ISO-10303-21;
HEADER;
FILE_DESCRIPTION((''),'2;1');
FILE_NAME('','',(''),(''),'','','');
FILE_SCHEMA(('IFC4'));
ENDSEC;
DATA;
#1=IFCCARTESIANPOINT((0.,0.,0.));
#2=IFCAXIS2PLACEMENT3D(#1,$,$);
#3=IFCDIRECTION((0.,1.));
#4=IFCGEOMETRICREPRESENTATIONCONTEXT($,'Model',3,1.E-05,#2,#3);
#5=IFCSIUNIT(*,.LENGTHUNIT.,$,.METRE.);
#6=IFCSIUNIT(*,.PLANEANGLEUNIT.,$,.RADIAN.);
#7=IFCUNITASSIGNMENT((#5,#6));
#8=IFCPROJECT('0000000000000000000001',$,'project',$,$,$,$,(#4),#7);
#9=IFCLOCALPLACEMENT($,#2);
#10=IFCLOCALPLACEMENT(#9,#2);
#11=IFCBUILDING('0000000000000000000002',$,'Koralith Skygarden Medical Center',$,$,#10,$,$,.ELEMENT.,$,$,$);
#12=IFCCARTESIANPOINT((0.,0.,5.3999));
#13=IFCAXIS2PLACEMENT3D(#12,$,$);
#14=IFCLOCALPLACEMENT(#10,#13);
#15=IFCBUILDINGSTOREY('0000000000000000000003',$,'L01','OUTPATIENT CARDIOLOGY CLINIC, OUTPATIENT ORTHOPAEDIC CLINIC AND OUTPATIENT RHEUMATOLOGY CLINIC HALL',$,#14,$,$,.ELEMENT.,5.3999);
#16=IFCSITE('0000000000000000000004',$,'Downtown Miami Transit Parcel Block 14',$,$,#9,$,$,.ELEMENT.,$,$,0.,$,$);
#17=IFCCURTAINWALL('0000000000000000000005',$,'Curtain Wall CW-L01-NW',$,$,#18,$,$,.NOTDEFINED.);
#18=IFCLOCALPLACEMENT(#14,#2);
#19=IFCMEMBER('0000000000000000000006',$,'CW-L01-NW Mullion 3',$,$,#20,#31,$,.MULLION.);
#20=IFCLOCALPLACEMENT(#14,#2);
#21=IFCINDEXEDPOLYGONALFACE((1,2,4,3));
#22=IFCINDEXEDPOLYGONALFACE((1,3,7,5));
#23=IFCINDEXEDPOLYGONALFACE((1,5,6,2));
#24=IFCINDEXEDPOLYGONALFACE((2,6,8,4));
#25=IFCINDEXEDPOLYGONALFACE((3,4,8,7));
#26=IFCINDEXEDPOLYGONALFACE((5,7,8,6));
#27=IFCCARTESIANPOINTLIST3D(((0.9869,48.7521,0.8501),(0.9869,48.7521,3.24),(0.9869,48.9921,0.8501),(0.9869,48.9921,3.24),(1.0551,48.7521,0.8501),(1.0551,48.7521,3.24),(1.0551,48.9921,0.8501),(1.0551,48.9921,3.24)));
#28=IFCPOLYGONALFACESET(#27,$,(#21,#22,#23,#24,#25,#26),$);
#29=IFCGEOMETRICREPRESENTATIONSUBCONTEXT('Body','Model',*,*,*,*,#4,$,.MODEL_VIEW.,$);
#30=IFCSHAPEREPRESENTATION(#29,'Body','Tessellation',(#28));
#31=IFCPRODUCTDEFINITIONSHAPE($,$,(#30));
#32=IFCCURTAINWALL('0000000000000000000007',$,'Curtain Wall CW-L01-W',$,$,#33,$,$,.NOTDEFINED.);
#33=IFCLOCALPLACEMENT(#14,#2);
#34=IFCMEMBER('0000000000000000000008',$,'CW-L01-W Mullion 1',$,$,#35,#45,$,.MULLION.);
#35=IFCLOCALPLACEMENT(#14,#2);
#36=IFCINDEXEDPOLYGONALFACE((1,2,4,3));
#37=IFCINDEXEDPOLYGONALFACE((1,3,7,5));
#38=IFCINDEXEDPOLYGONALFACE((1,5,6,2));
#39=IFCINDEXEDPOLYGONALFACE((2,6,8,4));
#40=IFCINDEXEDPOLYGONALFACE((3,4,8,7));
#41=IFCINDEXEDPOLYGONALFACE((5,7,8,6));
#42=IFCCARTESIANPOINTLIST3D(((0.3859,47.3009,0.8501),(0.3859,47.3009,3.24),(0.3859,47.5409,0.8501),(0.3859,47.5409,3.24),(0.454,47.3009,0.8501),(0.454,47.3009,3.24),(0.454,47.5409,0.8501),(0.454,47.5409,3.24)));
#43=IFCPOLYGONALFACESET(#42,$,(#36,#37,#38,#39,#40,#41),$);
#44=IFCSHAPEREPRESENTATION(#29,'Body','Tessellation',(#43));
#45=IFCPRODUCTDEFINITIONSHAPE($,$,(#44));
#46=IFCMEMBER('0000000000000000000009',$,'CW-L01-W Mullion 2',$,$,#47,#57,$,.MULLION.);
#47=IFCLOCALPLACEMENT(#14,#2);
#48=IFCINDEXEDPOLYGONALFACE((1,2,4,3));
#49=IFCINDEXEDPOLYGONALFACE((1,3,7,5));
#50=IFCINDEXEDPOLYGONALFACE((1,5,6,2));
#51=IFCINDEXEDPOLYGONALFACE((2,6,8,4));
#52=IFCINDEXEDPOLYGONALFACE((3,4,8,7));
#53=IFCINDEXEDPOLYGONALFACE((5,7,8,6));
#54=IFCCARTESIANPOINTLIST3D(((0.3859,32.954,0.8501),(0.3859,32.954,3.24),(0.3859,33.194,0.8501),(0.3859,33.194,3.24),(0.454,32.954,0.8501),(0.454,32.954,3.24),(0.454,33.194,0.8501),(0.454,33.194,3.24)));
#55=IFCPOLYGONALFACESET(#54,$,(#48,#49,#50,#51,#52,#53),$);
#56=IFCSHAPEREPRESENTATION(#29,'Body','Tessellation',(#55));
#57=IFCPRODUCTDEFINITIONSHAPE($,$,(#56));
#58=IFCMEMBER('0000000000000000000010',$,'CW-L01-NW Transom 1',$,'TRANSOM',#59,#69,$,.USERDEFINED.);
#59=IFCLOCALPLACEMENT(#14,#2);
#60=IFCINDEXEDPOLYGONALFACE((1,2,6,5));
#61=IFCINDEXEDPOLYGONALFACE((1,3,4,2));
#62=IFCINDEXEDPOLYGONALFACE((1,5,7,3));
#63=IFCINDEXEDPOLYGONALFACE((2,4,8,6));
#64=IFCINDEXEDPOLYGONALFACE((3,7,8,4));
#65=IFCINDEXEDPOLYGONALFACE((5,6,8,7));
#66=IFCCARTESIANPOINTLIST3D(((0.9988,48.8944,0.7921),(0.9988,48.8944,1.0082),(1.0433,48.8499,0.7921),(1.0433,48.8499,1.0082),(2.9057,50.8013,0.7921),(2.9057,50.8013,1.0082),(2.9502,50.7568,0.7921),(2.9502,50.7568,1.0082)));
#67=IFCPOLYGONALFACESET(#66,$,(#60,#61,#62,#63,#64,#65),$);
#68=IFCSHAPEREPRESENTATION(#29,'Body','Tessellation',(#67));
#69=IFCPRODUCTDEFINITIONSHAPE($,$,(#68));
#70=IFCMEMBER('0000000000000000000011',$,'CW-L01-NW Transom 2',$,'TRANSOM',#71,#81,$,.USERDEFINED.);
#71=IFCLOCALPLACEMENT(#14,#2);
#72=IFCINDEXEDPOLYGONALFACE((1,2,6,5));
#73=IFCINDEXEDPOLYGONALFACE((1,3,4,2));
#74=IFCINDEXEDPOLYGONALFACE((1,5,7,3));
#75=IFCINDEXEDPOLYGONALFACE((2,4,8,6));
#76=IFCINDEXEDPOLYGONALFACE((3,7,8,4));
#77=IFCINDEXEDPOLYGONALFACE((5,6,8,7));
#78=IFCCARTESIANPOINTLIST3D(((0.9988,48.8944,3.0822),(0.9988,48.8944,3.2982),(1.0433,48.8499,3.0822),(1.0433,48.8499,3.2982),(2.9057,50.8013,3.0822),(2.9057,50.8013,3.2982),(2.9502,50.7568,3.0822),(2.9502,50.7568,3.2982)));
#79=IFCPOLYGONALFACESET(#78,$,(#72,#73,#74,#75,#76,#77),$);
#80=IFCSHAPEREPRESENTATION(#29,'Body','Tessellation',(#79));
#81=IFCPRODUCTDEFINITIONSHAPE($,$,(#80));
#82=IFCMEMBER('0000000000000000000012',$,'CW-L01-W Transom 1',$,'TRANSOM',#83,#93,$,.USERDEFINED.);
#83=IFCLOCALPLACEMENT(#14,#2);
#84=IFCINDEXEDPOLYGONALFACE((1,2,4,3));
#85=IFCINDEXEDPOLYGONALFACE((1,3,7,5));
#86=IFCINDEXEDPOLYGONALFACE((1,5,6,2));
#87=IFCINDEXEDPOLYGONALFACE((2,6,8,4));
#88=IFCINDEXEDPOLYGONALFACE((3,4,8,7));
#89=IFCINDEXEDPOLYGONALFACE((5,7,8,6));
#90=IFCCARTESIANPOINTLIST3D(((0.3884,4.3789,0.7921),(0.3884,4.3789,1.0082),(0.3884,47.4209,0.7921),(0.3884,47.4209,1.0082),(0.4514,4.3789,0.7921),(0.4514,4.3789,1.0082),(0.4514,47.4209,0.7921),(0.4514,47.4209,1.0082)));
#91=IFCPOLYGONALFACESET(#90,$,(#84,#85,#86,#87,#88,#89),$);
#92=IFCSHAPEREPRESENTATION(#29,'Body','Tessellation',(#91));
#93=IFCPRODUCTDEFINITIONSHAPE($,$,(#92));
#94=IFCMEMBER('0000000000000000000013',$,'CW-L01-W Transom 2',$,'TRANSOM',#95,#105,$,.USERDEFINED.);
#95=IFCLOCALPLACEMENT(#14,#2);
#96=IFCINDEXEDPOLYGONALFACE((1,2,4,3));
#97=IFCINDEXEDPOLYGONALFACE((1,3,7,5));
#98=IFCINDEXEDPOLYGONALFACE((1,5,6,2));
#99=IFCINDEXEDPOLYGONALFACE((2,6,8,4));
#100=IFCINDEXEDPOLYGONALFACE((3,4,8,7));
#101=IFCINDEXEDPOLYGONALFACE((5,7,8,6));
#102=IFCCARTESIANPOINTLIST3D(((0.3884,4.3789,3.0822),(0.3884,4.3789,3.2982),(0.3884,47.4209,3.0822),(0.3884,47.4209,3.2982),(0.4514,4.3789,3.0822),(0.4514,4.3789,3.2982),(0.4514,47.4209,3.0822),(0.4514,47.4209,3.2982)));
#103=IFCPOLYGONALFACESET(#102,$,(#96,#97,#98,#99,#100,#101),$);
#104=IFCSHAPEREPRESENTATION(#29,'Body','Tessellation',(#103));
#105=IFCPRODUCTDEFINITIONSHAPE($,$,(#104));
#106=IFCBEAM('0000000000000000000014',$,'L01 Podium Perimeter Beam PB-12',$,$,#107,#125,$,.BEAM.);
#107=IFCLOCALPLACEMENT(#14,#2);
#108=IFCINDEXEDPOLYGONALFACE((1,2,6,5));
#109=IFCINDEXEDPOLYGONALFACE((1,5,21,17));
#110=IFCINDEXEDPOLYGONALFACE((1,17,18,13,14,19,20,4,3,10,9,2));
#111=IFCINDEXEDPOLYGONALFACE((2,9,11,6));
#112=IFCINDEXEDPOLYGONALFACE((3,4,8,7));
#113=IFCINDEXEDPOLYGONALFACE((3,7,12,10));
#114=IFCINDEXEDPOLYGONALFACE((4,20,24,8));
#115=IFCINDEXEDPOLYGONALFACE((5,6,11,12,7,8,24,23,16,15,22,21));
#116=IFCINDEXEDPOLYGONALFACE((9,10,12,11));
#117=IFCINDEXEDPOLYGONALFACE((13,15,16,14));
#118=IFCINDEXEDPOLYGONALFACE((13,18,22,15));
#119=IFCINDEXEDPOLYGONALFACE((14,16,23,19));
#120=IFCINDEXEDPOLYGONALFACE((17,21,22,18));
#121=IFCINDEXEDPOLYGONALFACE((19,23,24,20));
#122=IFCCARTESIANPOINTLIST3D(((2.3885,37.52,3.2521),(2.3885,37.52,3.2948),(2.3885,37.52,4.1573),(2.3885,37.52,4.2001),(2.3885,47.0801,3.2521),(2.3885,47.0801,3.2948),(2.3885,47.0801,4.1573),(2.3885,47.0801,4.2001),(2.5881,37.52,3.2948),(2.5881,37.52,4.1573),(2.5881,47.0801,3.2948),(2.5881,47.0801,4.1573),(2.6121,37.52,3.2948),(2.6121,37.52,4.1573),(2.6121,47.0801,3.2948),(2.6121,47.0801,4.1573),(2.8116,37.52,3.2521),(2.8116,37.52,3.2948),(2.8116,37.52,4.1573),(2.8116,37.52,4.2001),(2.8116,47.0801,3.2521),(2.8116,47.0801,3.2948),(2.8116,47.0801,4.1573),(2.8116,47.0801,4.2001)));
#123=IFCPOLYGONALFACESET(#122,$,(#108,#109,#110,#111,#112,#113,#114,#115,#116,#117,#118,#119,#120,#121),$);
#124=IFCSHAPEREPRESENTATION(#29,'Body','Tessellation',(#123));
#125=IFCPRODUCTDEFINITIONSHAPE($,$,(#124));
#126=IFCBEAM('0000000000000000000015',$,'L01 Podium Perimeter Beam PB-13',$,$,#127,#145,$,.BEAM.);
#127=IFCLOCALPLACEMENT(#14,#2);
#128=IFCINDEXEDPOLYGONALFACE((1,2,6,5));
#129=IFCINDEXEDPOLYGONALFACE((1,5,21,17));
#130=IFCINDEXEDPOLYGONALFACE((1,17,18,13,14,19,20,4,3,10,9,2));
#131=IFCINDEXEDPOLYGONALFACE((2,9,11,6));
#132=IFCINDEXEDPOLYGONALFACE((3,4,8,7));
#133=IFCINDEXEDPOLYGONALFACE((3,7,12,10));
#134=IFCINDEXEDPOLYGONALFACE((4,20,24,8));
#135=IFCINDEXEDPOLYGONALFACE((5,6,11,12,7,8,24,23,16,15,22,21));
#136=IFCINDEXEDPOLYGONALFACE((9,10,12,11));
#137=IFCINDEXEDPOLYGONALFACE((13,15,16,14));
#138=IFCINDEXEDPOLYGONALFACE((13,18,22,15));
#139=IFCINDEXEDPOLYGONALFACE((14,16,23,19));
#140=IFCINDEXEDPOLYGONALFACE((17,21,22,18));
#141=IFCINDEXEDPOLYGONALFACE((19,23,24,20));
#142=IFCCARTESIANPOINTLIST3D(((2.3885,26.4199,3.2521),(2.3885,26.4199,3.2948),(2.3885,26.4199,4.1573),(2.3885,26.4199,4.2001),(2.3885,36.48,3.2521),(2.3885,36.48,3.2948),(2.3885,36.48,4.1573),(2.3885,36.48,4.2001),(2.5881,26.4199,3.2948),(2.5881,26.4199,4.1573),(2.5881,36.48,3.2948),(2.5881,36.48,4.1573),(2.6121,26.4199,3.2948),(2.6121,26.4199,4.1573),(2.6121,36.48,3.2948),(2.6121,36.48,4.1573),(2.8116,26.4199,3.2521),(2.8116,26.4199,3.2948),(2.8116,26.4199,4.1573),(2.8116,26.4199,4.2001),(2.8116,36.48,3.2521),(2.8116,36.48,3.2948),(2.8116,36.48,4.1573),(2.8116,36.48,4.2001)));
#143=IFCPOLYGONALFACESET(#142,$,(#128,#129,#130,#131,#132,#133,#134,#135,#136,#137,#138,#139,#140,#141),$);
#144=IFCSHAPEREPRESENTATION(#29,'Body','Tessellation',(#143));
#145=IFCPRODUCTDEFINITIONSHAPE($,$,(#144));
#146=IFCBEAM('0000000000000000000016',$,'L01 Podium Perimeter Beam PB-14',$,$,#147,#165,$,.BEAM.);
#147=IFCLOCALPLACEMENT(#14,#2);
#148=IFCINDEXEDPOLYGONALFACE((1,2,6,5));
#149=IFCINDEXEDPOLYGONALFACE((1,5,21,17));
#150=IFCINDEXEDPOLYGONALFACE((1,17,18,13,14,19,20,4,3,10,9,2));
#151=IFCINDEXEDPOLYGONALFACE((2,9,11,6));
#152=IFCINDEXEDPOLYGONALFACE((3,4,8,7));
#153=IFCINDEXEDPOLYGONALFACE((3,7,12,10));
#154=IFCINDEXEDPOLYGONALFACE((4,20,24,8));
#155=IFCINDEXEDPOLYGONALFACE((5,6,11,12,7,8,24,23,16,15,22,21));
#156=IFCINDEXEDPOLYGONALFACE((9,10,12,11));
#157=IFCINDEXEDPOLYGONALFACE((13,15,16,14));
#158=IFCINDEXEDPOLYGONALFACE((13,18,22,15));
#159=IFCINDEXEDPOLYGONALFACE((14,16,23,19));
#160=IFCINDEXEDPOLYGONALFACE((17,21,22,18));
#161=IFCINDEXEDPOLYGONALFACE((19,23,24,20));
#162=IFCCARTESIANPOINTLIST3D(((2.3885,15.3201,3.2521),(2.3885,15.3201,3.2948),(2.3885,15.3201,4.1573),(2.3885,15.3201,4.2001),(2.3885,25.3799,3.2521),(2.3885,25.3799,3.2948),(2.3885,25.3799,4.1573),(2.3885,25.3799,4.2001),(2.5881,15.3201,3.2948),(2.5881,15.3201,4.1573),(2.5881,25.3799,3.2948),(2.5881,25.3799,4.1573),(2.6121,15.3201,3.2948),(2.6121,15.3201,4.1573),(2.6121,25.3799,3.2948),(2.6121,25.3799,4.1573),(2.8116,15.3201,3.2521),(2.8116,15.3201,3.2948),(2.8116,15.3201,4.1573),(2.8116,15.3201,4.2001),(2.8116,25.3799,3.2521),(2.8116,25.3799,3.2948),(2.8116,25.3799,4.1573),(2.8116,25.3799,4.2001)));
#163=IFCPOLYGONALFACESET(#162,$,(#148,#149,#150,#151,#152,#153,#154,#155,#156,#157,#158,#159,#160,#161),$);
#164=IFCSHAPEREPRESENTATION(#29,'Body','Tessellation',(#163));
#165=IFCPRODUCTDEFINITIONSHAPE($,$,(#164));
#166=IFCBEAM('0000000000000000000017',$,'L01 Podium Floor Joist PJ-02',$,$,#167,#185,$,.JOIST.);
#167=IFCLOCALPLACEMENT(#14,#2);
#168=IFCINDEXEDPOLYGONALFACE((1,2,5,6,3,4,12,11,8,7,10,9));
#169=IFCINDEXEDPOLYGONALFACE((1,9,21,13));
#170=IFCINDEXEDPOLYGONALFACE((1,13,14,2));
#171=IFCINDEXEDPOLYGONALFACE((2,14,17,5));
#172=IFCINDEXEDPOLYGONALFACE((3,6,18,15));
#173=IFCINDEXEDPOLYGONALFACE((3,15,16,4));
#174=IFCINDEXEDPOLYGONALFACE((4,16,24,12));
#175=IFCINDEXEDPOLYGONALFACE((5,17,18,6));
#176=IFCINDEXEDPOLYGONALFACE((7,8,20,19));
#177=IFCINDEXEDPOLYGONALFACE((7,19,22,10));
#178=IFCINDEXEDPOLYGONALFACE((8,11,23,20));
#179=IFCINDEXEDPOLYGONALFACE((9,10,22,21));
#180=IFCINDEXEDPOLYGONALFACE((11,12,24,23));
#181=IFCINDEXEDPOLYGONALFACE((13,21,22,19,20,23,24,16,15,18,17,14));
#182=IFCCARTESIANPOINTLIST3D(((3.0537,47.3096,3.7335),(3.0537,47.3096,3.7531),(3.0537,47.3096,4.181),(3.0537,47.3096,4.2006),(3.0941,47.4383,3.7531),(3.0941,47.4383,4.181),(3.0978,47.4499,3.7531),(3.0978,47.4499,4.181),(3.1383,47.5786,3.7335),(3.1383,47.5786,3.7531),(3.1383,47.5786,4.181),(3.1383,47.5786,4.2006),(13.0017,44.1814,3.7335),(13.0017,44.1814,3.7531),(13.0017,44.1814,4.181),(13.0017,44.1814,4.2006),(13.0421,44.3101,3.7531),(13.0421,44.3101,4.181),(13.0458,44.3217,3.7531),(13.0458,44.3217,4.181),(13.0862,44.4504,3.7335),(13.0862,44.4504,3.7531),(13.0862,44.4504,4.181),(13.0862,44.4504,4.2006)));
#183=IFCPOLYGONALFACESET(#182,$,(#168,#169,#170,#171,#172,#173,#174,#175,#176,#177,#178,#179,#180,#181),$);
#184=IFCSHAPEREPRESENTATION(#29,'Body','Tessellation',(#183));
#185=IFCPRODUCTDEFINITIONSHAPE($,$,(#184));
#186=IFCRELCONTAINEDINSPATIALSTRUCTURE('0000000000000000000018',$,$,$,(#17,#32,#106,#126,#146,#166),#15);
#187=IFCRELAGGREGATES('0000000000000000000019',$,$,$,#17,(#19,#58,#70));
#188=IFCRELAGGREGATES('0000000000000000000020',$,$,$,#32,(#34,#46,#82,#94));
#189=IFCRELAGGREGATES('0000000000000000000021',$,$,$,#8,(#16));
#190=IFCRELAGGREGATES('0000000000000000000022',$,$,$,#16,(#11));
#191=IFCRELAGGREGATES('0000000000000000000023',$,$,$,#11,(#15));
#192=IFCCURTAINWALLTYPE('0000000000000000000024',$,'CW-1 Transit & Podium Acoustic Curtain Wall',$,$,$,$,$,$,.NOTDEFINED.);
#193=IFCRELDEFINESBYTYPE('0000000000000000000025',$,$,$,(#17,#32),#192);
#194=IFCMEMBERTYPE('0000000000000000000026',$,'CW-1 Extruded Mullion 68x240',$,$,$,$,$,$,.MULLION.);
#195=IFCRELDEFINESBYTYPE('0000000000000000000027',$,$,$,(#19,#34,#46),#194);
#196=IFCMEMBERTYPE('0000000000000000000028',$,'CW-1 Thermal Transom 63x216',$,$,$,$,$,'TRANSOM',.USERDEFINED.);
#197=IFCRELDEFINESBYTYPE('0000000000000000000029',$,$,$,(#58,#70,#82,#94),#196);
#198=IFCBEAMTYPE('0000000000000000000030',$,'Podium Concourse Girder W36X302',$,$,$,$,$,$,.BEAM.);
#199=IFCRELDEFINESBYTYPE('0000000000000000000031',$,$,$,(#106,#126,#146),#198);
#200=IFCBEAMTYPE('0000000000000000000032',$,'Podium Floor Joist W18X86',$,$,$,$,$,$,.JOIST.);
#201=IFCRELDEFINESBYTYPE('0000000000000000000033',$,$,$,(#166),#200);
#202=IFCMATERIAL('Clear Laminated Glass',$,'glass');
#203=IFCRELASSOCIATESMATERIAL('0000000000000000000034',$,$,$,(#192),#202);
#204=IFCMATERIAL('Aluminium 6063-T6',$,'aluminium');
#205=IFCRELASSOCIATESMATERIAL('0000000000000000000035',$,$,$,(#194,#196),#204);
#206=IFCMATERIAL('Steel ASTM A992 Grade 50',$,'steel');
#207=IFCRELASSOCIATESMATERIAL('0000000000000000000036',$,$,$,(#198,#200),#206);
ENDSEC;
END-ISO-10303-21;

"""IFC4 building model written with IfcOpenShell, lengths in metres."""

from ifc_helpers import new_model, si_unit, direction, frame, origin, origin_2d, place, context, subcontext, project, spatial, rectangle, i_section, extrude, material, material_profile, profile_set, type_object, element, aggregate, save


model = new_model("IFC4")

# Units and contexts
model_context = context("Model", 3, precision=1e-05, world=origin(), true_north=direction((0.0, 1.0)))
body_context = subcontext(model_context, "Body", "Model", "MODEL_VIEW")
ifc_project = project(units=[si_unit("LENGTHUNIT", "METRE"), si_unit("PLANEANGLEUNIT", "RADIAN")], contexts=[model_context])

# Site, building, storey
site_placement = place(None, origin())
site = spatial("IfcSite", under=ifc_project, at=site_placement, Name="Downtown Miami Transit Parcel Block 14", CompositionType="ELEMENT", RefElevation=0.0)
building_placement = place(site_placement, origin())
building = spatial("IfcBuilding", under=site, at=building_placement, Name="Koralith Skygarden Medical Center", CompositionType="ELEMENT")
storey_placement = place(building_placement, frame((0.0, 0.0, 5.3999)))
storey = spatial("IfcBuildingStorey", under=building, at=storey_placement, Name="L01", Description="OUTPATIENT CARDIOLOGY CLINIC, OUTPATIENT ORTHOPAEDIC CLINIC AND OUTPATIENT RHEUMATOLOGY CLINIC HALL", CompositionType="ELEMENT", Elevation=5.3999)

# Shared definitions
ifc_material_1 = material(Name="Clear Laminated Glass", Category="glass")
curtain_wall_type = type_object("IfcCurtainWallType", Name="CW-1 Transit & Podium Acoustic Curtain Wall", PredefinedType="NOTDEFINED", material=ifc_material_1)
ifc_material_2 = material(Name="Aluminium 6063-T6", Category="aluminium")
ifc_material_profile_1 = material_profile(ifc_material_2, rectangle(XDim=0.0681, YDim=0.24, at=origin_2d()), Name="MUL68X240")
ifc_profile_set_1 = profile_set([ifc_material_profile_1], Name="Aluminium 6063-T6")
member_type_1 = type_object("IfcMemberType", Name="CW-1 Extruded Mullion 68x240", PredefinedType="MULLION", material=ifc_profile_set_1)

# Curtain walls, members
curtain_wall_1_placement = place(storey_placement, origin())
curtain_wall_1 = element("IfcCurtainWall", 1, at=curtain_wall_1_placement, inside=storey, type_object=curtain_wall_type, Name="Curtain Wall CW-L01-NW", PredefinedType="NOTDEFINED")
member_1_placement = place(storey_placement, frame((1.021, 48.8721, 0.8501), z_axis=(0.0, 0.0, 1.0), x_axis=(1.0, 0.0, 0.0)))
member_1 = element("IfcMember", 2, at=member_1_placement, type_object=member_type_1, Name="CW-L01-NW Mullion 3", PredefinedType="MULLION", context=body_context, shape_type="SweptSolid", body=[
    extrude(rectangle(XDim=0.0681, YDim=0.24, at=origin_2d()), origin(), (0.0, 0.0, 1.0), 2.3899),
])
curtain_wall_2_placement = place(storey_placement, origin())
curtain_wall_2 = element("IfcCurtainWall", 3, at=curtain_wall_2_placement, inside=storey, type_object=curtain_wall_type, Name="Curtain Wall CW-L01-W", PredefinedType="NOTDEFINED")
member_2_placement = place(storey_placement, frame((0.4199, 47.4209, 0.8501), z_axis=(0.0, 0.0, 1.0), x_axis=(1.0, 0.0, 0.0)))
member_2 = element("IfcMember", 4, at=member_2_placement, type_object=member_type_1, Name="CW-L01-W Mullion 1", PredefinedType="MULLION", context=body_context, shape_type="SweptSolid", body=[
    extrude(rectangle(XDim=0.0681, YDim=0.24, at=origin_2d()), origin(), (0.0, 0.0, 1.0), 2.3899),
])
member_3_placement = place(storey_placement, frame((0.4199, 33.074, 0.8501), z_axis=(0.0, 0.0, 1.0), x_axis=(1.0, 0.0, 0.0)))
member_3 = element("IfcMember", 5, at=member_3_placement, type_object=member_type_1, Name="CW-L01-W Mullion 2", PredefinedType="MULLION", context=body_context, shape_type="SweptSolid", body=[
    extrude(rectangle(XDim=0.0681, YDim=0.24, at=origin_2d()), origin(), (0.0, 0.0, 1.0), 2.3899),
])

# Members
ifc_material_profile_2 = material_profile(ifc_material_2, rectangle(XDim=0.063, YDim=0.2161, at=origin_2d()), Name="TRN63X216")
ifc_profile_set_2 = profile_set([ifc_material_profile_2], Name="Aluminium 6063-T6")
member_type_2 = type_object("IfcMemberType", Name="CW-1 Thermal Transom 63x216", ElementType="TRANSOM", PredefinedType="USERDEFINED", material=ifc_profile_set_2)
member_4_placement = place(storey_placement, frame((2.928, 50.7791, 0.9001), z_axis=(-0.707107, -0.707107, 0.0), x_axis=(0.707107, -0.707107, 0.0)))
member_4 = element("IfcMember", 6, at=member_4_placement, type_object=member_type_2, Name="CW-L01-NW Transom 1", ObjectType="TRANSOM", PredefinedType="USERDEFINED", context=body_context, shape_type="SweptSolid", body=[
    extrude(rectangle(XDim=0.063, YDim=0.2161, at=origin_2d()), origin(), (0.0, 0.0, 1.0), 2.6968),
])
member_5_placement = place(storey_placement, frame((2.928, 50.7791, 3.1902), z_axis=(-0.707107, -0.707107, 0.0), x_axis=(0.707107, -0.707107, 0.0)))
member_5 = element("IfcMember", 7, at=member_5_placement, type_object=member_type_2, Name="CW-L01-NW Transom 2", ObjectType="TRANSOM", PredefinedType="USERDEFINED", context=body_context, shape_type="SweptSolid", body=[
    extrude(rectangle(XDim=0.063, YDim=0.2161, at=origin_2d()), origin(), (0.0, 0.0, 1.0), 2.6968),
])
member_6_placement = place(storey_placement, frame((0.4199, 47.4209, 0.9001), z_axis=(0.0, -1.0, 0.0), x_axis=(1.0, 0.0, 0.0)))
member_6 = element("IfcMember", 8, at=member_6_placement, type_object=member_type_2, Name="CW-L01-W Transom 1", ObjectType="TRANSOM", PredefinedType="USERDEFINED", context=body_context, shape_type="SweptSolid", body=[
    extrude(rectangle(XDim=0.063, YDim=0.2161, at=origin_2d()), origin(), (0.0, 0.0, 1.0), 43.042),
])
member_7_placement = place(storey_placement, frame((0.4199, 47.4209, 3.1902), z_axis=(0.0, -1.0, 0.0), x_axis=(1.0, 0.0, 0.0)))
member_7 = element("IfcMember", 9, at=member_7_placement, type_object=member_type_2, Name="CW-L01-W Transom 2", ObjectType="TRANSOM", PredefinedType="USERDEFINED", context=body_context, shape_type="SweptSolid", body=[
    extrude(rectangle(XDim=0.063, YDim=0.2161, at=origin_2d()), origin(), (0.0, 0.0, 1.0), 43.042),
])

# Beams
ifc_material_3 = material(Name="Steel ASTM A992 Grade 50", Category="steel")
ifc_material_profile_3 = material_profile(ifc_material_3, i_section(OverallWidth=0.4231, OverallDepth=0.948, WebThickness=0.0239, FlangeThickness=0.0427, at=origin_2d()), Name="W36X302")
ifc_profile_set_3 = profile_set([ifc_material_profile_3], Name="Steel ASTM A992 Grade 50")
beam_type_1 = type_object("IfcBeamType", Name="Podium Concourse Girder W36X302", PredefinedType="BEAM", material=ifc_profile_set_3)
beam_1_placement = place(storey_placement, frame((2.6001, 47.0801, 3.7261), z_axis=(0.0, -1.0, 0.0), x_axis=(1.0, 0.0, 0.0)))
element("IfcBeam", 10, at=beam_1_placement, inside=storey, type_object=beam_type_1, Name="L01 Podium Perimeter Beam PB-12", PredefinedType="BEAM", context=body_context, shape_type="SweptSolid", body=[
    extrude(i_section(OverallWidth=0.4231, OverallDepth=0.948, WebThickness=0.0239, FlangeThickness=0.0427, at=origin_2d()), origin(), (0.0, 0.0, 1.0), 9.5601),
])
beam_2_placement = place(storey_placement, frame((2.6001, 36.48, 3.7261), z_axis=(0.0, -1.0, 0.0), x_axis=(1.0, 0.0, 0.0)))
element("IfcBeam", 11, at=beam_2_placement, inside=storey, type_object=beam_type_1, Name="L01 Podium Perimeter Beam PB-13", PredefinedType="BEAM", context=body_context, shape_type="SweptSolid", body=[
    extrude(i_section(OverallWidth=0.4231, OverallDepth=0.948, WebThickness=0.0239, FlangeThickness=0.0427, at=origin_2d()), origin(), (0.0, 0.0, 1.0), 10.0601),
])
beam_3_placement = place(storey_placement, frame((2.6001, 25.3799, 3.7261), z_axis=(0.0, -1.0, 0.0), x_axis=(1.0, 0.0, 0.0)))
element("IfcBeam", 12, at=beam_3_placement, inside=storey, type_object=beam_type_1, Name="L01 Podium Perimeter Beam PB-14", PredefinedType="BEAM", context=body_context, shape_type="SweptSolid", body=[
    extrude(i_section(OverallWidth=0.4231, OverallDepth=0.948, WebThickness=0.0239, FlangeThickness=0.0427, at=origin_2d()), origin(), (0.0, 0.0, 1.0), 10.0598),
])
ifc_material_profile_4 = material_profile(ifc_material_3, i_section(OverallWidth=0.282, OverallDepth=0.467, WebThickness=0.0122, FlangeThickness=0.0195, at=origin_2d()), Name="W18X86")
ifc_profile_set_4 = profile_set([ifc_material_profile_4], Name="Steel ASTM A992 Grade 50")
beam_type_2 = type_object("IfcBeamType", Name="Podium Floor Joist W18X86", PredefinedType="JOIST", material=ifc_profile_set_4)
beam_4_placement = place(storey_placement, frame((13.0439, 44.3159, 3.967), z_axis=(-0.953948, 0.299971, 0.0), x_axis=(-0.299971, -0.953948, 0.0)))
element("IfcBeam", 13, at=beam_4_placement, inside=storey, type_object=beam_type_2, Name="L01 Podium Floor Joist PJ-02", PredefinedType="JOIST", context=body_context, shape_type="SweptSolid", body=[
    extrude(i_section(OverallWidth=0.282, OverallDepth=0.467, WebThickness=0.0122, FlangeThickness=0.0195, at=origin_2d()), origin(), (0.0, 0.0, 1.0), 10.4282),
])

aggregate(curtain_wall_1, [member_1, member_4, member_5])
aggregate(curtain_wall_2, [member_2, member_3, member_6, member_7])

save(model, "model.ifc")
